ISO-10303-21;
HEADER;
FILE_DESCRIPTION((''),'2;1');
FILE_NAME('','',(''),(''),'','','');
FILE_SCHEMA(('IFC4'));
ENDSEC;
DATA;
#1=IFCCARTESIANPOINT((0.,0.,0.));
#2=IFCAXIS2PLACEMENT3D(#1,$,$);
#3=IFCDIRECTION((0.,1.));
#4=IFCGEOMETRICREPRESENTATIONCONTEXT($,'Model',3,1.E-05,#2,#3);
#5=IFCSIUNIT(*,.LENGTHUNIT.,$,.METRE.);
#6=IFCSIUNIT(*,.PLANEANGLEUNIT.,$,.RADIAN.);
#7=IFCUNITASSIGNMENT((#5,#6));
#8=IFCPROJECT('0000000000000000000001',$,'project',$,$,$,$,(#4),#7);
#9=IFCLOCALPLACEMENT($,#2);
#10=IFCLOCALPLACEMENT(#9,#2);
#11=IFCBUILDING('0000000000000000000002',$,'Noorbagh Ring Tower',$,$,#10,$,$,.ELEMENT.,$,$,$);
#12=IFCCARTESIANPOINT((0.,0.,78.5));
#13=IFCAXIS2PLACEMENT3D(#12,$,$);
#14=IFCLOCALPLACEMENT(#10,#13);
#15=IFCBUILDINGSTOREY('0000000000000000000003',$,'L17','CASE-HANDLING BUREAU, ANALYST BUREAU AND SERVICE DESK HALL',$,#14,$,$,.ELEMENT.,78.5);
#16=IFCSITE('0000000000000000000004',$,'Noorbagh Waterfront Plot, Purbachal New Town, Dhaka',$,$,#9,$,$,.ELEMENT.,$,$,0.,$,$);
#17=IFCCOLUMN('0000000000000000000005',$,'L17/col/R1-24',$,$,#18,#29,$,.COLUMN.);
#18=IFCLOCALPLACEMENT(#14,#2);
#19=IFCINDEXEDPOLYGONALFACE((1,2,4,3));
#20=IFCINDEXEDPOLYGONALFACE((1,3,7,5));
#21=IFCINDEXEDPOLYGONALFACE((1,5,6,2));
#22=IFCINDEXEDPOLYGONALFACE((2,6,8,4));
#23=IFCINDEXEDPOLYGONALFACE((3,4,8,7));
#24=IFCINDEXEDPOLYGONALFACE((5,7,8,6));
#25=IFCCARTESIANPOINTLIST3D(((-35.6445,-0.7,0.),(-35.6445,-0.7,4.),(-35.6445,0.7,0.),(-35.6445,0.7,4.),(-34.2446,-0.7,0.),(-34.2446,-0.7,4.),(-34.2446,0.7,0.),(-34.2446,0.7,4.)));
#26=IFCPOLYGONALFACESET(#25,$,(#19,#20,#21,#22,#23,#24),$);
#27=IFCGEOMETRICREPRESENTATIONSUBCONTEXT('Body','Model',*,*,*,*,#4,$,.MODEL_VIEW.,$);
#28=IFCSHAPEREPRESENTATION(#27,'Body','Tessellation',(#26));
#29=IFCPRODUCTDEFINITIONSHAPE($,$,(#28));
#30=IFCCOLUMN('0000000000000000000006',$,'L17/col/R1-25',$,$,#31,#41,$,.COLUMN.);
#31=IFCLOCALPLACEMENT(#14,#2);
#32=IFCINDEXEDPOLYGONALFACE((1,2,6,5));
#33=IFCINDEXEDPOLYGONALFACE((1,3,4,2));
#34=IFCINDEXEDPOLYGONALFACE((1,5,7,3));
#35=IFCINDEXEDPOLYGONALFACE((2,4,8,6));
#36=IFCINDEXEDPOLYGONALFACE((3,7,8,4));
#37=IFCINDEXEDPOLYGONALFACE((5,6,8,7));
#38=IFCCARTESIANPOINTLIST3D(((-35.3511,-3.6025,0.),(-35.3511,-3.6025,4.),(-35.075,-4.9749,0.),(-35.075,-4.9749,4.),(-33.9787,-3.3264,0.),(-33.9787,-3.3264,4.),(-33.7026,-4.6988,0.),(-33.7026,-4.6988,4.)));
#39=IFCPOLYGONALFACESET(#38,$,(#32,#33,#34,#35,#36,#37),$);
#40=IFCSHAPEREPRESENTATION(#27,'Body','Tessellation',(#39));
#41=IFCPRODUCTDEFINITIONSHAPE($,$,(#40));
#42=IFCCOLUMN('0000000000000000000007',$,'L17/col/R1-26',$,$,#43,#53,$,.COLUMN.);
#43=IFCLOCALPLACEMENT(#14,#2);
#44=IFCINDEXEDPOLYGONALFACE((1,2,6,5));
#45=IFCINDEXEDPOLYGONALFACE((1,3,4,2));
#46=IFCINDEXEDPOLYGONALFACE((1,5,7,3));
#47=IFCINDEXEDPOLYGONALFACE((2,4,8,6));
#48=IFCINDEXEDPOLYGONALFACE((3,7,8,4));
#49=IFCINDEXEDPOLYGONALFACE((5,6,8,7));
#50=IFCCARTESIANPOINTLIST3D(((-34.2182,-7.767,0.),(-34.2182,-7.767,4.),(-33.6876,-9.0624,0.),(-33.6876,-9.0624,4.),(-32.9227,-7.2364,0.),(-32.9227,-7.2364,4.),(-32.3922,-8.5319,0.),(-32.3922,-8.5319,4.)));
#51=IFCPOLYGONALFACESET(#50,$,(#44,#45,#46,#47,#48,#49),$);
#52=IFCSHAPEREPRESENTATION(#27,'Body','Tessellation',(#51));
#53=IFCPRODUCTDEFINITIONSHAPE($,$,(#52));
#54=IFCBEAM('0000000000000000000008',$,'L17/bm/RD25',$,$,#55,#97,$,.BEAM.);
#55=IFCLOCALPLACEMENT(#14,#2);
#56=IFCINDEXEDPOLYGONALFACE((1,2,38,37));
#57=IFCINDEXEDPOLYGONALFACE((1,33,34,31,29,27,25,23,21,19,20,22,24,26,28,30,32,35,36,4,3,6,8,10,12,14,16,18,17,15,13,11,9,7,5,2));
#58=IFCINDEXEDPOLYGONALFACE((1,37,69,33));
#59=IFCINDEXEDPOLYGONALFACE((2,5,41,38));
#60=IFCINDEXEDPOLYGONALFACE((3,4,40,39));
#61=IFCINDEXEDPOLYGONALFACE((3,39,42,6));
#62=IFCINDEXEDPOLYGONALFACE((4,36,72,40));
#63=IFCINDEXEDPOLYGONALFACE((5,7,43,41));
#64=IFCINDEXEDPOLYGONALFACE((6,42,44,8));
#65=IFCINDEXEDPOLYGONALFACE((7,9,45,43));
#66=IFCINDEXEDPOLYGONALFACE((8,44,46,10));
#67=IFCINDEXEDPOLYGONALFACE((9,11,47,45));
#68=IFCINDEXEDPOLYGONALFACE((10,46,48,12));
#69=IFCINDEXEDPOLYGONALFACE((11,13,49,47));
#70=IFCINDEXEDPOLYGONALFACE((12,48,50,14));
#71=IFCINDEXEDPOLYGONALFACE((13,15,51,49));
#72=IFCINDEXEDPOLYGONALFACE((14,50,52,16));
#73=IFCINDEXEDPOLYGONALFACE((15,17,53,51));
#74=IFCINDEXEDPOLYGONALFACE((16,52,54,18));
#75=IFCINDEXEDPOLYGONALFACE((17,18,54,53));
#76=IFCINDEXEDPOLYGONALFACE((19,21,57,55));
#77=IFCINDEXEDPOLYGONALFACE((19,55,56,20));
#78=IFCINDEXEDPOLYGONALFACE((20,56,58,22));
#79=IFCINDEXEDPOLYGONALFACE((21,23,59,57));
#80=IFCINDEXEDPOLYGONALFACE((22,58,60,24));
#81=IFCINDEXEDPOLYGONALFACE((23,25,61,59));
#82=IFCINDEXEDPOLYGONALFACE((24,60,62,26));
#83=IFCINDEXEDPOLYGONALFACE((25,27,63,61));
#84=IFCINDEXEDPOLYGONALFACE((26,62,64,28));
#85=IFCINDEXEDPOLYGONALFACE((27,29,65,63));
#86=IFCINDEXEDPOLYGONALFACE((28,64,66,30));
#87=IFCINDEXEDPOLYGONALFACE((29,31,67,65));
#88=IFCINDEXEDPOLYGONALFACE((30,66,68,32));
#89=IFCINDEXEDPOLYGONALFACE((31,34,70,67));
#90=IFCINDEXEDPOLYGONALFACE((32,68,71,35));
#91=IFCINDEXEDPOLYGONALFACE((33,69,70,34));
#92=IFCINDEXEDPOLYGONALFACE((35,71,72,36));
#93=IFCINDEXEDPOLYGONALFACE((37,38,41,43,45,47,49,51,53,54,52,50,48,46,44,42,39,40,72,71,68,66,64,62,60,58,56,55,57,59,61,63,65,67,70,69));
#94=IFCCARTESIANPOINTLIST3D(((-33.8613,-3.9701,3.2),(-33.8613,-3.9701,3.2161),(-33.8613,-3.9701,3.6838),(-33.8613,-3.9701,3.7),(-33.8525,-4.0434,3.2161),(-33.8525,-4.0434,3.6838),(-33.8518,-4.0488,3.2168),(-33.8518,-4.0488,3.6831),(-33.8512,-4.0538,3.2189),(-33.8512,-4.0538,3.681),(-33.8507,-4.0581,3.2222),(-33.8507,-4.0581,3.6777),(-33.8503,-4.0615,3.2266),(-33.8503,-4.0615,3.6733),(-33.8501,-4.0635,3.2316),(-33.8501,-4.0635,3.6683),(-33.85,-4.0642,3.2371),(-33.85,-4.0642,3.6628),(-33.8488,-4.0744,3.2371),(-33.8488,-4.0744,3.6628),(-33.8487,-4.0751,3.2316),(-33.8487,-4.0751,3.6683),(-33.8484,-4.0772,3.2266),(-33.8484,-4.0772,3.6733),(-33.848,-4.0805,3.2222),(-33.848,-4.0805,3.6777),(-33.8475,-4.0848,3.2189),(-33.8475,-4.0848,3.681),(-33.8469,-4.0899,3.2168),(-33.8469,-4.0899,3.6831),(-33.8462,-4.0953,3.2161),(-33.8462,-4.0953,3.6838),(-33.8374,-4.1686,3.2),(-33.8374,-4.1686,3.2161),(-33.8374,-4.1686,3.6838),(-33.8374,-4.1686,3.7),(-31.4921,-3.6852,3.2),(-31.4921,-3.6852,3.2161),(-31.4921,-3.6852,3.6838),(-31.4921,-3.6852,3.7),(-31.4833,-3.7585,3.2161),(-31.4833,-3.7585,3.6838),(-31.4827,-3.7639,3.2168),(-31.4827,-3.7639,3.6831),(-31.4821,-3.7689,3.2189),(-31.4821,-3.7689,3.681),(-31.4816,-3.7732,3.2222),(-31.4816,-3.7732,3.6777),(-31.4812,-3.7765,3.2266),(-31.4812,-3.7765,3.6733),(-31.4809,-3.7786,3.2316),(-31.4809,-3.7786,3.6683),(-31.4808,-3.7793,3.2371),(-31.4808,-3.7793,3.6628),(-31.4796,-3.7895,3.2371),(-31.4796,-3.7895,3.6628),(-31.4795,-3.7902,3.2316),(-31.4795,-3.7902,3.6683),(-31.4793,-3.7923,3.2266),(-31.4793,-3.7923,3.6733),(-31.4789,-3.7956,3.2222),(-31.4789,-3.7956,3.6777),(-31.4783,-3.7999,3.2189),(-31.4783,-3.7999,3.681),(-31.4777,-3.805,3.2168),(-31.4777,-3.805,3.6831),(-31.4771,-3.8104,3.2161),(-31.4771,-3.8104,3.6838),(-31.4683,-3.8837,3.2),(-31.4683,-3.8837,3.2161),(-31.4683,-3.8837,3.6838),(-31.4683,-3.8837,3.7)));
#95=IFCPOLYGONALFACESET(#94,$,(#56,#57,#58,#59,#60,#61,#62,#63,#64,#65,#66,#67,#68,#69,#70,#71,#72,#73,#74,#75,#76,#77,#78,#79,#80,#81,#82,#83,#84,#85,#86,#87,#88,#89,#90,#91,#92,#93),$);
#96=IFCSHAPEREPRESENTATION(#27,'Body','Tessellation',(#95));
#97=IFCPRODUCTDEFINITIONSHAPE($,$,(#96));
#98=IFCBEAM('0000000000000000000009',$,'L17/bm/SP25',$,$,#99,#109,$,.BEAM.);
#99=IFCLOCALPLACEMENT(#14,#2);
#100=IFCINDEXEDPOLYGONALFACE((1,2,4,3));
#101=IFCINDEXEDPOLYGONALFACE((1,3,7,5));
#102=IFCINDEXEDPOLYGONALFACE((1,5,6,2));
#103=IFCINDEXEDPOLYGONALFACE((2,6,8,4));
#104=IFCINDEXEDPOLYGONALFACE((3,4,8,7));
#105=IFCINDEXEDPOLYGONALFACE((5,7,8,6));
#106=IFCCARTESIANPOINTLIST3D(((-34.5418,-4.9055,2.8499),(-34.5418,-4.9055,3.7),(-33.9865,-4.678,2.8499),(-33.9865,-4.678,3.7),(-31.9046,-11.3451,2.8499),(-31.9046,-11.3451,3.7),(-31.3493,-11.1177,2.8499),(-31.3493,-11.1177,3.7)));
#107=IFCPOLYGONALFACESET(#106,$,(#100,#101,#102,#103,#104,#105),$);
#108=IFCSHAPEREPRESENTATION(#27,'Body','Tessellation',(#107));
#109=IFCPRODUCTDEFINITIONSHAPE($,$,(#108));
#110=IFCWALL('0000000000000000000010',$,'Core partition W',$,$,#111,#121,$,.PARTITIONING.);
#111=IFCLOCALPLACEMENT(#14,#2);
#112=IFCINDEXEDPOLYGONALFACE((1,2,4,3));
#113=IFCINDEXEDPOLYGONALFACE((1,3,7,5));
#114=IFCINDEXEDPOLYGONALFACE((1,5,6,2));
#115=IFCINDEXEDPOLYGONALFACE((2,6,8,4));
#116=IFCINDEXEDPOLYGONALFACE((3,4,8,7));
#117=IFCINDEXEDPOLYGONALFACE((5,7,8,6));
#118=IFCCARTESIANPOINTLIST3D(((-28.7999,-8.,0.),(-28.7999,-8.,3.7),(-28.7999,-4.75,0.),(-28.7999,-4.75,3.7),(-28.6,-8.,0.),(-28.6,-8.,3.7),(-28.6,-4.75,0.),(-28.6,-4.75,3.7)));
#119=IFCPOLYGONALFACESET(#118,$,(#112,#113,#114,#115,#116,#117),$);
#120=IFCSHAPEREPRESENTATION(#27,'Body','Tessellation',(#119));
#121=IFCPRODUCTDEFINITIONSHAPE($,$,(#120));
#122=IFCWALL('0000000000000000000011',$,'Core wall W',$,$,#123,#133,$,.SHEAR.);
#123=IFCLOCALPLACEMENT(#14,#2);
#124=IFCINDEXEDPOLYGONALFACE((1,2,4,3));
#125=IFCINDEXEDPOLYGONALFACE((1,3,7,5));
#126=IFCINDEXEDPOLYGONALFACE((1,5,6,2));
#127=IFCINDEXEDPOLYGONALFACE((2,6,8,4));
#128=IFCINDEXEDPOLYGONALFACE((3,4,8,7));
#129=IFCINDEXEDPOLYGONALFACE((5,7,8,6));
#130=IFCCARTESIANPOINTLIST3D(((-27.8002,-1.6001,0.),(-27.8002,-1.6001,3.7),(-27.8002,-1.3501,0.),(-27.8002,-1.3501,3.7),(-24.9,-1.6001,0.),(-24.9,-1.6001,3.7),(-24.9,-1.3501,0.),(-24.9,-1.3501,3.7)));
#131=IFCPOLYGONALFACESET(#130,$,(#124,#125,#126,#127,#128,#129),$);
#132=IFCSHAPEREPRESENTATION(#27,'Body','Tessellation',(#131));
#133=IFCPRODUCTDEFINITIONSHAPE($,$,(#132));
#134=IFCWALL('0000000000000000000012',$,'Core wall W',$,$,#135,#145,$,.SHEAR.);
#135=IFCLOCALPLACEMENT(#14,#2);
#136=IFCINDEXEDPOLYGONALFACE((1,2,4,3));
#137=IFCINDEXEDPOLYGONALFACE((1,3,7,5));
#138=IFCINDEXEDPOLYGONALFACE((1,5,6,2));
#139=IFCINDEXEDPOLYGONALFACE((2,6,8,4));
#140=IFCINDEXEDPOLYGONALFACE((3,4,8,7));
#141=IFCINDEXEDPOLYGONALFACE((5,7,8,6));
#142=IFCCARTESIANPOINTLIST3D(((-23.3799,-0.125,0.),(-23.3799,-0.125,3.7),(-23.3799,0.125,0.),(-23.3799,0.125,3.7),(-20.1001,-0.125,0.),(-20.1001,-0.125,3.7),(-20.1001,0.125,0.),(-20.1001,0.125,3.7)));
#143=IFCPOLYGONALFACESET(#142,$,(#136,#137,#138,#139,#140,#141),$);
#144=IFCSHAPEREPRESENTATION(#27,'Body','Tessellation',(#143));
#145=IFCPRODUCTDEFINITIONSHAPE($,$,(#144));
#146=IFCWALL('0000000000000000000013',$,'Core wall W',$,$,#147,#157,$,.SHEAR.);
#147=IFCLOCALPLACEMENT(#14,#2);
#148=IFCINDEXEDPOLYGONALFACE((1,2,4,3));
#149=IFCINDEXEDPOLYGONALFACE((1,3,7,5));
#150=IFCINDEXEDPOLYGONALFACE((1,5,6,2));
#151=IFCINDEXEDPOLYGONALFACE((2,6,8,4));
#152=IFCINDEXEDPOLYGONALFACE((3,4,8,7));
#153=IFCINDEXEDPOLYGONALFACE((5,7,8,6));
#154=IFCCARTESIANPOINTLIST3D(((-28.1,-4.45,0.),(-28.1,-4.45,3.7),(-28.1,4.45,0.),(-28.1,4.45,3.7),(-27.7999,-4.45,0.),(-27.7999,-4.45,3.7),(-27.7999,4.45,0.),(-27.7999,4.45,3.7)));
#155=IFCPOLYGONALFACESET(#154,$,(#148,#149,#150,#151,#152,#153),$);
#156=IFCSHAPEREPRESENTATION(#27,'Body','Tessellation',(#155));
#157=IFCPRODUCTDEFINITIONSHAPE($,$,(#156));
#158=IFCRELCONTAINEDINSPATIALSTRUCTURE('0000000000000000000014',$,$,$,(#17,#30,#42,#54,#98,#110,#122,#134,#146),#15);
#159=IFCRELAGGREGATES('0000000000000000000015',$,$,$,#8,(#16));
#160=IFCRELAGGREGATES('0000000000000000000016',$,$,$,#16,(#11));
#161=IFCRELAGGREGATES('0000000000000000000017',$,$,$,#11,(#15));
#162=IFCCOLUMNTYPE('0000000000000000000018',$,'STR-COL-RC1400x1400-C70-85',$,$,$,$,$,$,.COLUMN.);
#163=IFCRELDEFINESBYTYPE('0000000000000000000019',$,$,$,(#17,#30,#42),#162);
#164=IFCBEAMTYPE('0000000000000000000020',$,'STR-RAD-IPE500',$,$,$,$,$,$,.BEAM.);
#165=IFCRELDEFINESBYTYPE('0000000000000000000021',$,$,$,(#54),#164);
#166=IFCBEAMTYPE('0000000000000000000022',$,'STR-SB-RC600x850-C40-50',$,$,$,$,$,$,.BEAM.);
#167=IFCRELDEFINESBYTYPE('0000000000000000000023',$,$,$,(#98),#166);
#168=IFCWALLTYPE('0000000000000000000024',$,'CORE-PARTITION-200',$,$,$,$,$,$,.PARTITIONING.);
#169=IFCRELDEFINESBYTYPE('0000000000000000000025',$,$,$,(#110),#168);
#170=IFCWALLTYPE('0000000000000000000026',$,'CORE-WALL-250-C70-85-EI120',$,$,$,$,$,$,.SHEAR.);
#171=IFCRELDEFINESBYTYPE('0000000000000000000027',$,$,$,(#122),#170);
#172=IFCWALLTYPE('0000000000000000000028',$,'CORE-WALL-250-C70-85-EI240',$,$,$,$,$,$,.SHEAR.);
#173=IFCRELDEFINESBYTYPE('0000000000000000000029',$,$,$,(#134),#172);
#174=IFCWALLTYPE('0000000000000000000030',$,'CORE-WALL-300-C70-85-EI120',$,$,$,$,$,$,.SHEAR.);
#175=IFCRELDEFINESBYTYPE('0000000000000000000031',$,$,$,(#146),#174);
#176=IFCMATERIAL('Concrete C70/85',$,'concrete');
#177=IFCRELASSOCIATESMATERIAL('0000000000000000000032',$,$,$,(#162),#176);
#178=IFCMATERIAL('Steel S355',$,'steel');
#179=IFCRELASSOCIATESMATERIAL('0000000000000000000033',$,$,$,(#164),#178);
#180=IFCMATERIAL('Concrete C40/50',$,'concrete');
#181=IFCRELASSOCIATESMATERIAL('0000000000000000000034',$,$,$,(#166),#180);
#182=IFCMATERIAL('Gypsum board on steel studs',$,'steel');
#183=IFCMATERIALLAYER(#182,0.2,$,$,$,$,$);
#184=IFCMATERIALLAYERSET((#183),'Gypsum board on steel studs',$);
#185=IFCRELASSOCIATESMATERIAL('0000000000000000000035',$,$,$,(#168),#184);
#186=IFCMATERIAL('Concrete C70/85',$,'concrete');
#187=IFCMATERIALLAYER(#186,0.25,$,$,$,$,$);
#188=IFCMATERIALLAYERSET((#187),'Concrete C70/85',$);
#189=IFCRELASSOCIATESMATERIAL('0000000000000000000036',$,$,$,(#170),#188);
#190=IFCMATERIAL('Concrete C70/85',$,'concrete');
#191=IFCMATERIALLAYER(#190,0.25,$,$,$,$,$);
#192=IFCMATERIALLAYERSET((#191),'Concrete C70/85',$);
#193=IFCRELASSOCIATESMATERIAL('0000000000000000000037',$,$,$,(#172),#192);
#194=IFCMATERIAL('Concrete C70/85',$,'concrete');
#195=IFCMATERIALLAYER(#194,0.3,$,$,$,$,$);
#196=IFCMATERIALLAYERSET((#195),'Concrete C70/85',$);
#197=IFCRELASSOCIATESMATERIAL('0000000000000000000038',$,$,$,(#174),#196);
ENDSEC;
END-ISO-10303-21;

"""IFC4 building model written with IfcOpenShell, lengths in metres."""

from ifc_helpers import new_model, si_unit, direction, frame, frame_2d, origin, origin_2d, place, context, subcontext, project, spatial, rectangle, i_section, extrude, material, layer, layer_set, material_profile, profile_set, type_object, element, save


model = new_model("IFC4")

# Units and contexts
model_context = context("Model", 3, precision=1e-05, world=origin(), true_north=direction((0.0, 1.0)))
body_context = subcontext(model_context, "Body", "Model", "MODEL_VIEW")
ifc_project = project(units=[si_unit("LENGTHUNIT", "METRE"), si_unit("PLANEANGLEUNIT", "RADIAN")], contexts=[model_context])

# Site, building, storey
site_placement = place(None, origin())
site = spatial("IfcSite", under=ifc_project, at=site_placement, Name="Noorbagh Waterfront Plot, Purbachal New Town, Dhaka", CompositionType="ELEMENT", RefElevation=0.0)
building_placement = place(site_placement, origin())
building = spatial("IfcBuilding", under=site, at=building_placement, Name="Noorbagh Ring Tower", CompositionType="ELEMENT")
storey_placement = place(building_placement, frame((0.0, 0.0, 78.5)))
storey = spatial("IfcBuildingStorey", under=building, at=storey_placement, Name="L17", Description="CASE-HANDLING BUREAU, ANALYST BUREAU AND SERVICE DESK HALL", CompositionType="ELEMENT", Elevation=78.5)

# Columns
ifc_material_1 = material(Name="Concrete C70/85", Category="concrete")
ifc_material_profile_1 = material_profile(ifc_material_1, rectangle(XDim=1.3999, YDim=1.3999, at=origin_2d()), Name="RC1400x1400")
ifc_profile_set_1 = profile_set([ifc_material_profile_1], Name="Concrete C70/85")
column_type = type_object("IfcColumnType", Name="STR-COL-RC1400x1400-C70-85", PredefinedType="COLUMN", material=ifc_profile_set_1)
for number, where, z_axis, x_axis, name in (
    (1, (-34.9446, 0.0, 0.0), (0.0, 0.0, 1.0), (0.0, -1.0, 0.0), "L17/col/R1-24"),
    (2, (-34.5269, -4.1506, 0.0), (0.0, 0.0, 1.0), (0.19723, -0.980357, 0.0), "L17/col/R1-25"),
    (3, (-33.3052, -8.1494, 0.0), (0.0, 0.0, 1.0), (0.378989, -0.925401, 0.0), "L17/col/R1-26"),
):
    element("IfcColumn", number, at=place(storey_placement, frame(where, z_axis=z_axis, x_axis=x_axis)), inside=storey, type_object=column_type, Name=name, PredefinedType="COLUMN", context=body_context, shape_type="SweptSolid", body=[
        extrude(rectangle(XDim=1.3999, YDim=1.3999, at=origin_2d()), origin(), (0.0, 0.0, 1.0), 4.0),
    ])

# Beams
ifc_material_2 = material(Name="Steel S355", Category="steel")
ifc_material_profile_2 = material_profile(ifc_material_2, i_section(OverallWidth=0.2, OverallDepth=0.5, WebThickness=0.0103, FlangeThickness=0.0161, FilletRadius=0.021, at=origin_2d()), Name="IPE500")
ifc_profile_set_2 = profile_set([ifc_material_profile_2], Name="Steel S355")
beam_type_1 = type_object("IfcBeamType", Name="STR-RAD-IPE500", PredefinedType="BEAM", material=ifc_profile_set_2)
beam_1_placement = place(storey_placement, frame((-33.8494, -4.0693, 3.45), z_axis=(0.992846, 0.119399, 0.0), x_axis=(-0.119399, 0.992846, 0.0)))
element("IfcBeam", 4, at=beam_1_placement, inside=storey, type_object=beam_type_1, Name="L17/bm/RD25", PredefinedType="BEAM", context=body_context, shape_type="SweptSolid", body=[
    extrude(i_section(OverallWidth=0.2, OverallDepth=0.5, WebThickness=0.0103, FlangeThickness=0.0161, FilletRadius=0.021, at=origin_2d()), origin(), (0.0, 0.0, 1.0), 2.3862),
])
ifc_material_3 = material(Name="Concrete C40/50", Category="concrete")
ifc_material_profile_3 = material_profile(ifc_material_3, rectangle(XDim=0.6001, YDim=0.8501, at=origin_2d()), Name="RC600x850")
ifc_profile_set_3 = profile_set([ifc_material_profile_3], Name="Concrete C40/50")
beam_type_2 = type_object("IfcBeamType", Name="STR-SB-RC600x850-C40-50", PredefinedType="BEAM", material=ifc_profile_set_3)
beam_2_placement = place(storey_placement, frame((-34.2642, -4.7917, 3.2749), z_axis=(0.378976, -0.925407, 0.0), x_axis=(0.925407, 0.378976, 0.0)))
element("IfcBeam", 5, at=beam_2_placement, inside=storey, type_object=beam_type_2, Name="L17/bm/SP25", PredefinedType="BEAM", context=body_context, shape_type="SweptSolid", body=[
    extrude(rectangle(XDim=0.6001, YDim=0.8501, at=origin_2d()), origin(), (0.0, 0.0, 1.0), 6.9587),
])

# Walls
ifc_material_4 = material(Name="Gypsum board on steel studs", Category="steel")
ifc_layer_1 = layer(ifc_material_4, 0.2)
ifc_layer_set_1 = layer_set([ifc_layer_1], Name="Gypsum board on steel studs")
wall_type_1 = type_object("IfcWallType", Name="CORE-PARTITION-200", PredefinedType="PARTITIONING", material=ifc_layer_set_1)
wall_1_placement = place(storey_placement, frame((-28.7, -8.0, 0.0), z_axis=(0.0, 0.0, 1.0), x_axis=(0.0, 1.0, 0.0)))
element("IfcWall", 6, at=wall_1_placement, inside=storey, type_object=wall_type_1, Name="Core partition W", PredefinedType="PARTITIONING", context=body_context, shape_type="SweptSolid", body=[
    extrude(rectangle(XDim=3.25, YDim=0.2, at=frame_2d((1.625, 0.0))), origin(), (0.0, 0.0, 1.0), 3.7),
])
ifc_material_5 = material(Name="Concrete C70/85", Category="concrete")
ifc_layer_2 = layer(ifc_material_5, 0.25)
ifc_layer_set_2 = layer_set([ifc_layer_2], Name="Concrete C70/85")
wall_type_2 = type_object("IfcWallType", Name="CORE-WALL-250-C70-85-EI120", PredefinedType="SHEAR", material=ifc_layer_set_2)
wall_2_placement = place(storey_placement, frame((-24.8999, -1.4751, 0.0), z_axis=(0.0, 0.0, 1.0), x_axis=(-1.0, 0.0, 0.0)))
element("IfcWall", 7, at=wall_2_placement, inside=storey, type_object=wall_type_2, Name="Core wall W", PredefinedType="SHEAR", context=body_context, shape_type="SweptSolid", body=[
    extrude(rectangle(XDim=2.9001, YDim=0.25, at=frame_2d((1.4502, 0.0))), origin(), (0.0, 0.0, 1.0), 3.7),
])
ifc_material_6 = material(Name="Concrete C70/85", Category="concrete")
ifc_layer_3 = layer(ifc_material_6, 0.25)
ifc_layer_set_3 = layer_set([ifc_layer_3], Name="Concrete C70/85")
wall_type_3 = type_object("IfcWallType", Name="CORE-WALL-250-C70-85-EI240", PredefinedType="SHEAR", material=ifc_layer_set_3)
wall_3_placement = place(storey_placement, frame((-20.1001, 0.0, 0.0), z_axis=(0.0, 0.0, 1.0), x_axis=(-1.0, 0.0, 0.0)))
element("IfcWall", 8, at=wall_3_placement, inside=storey, type_object=wall_type_3, Name="Core wall W", PredefinedType="SHEAR", context=body_context, shape_type="SweptSolid", body=[
    extrude(rectangle(XDim=3.2798, YDim=0.25, at=frame_2d((1.6399, 0.0))), origin(), (0.0, 0.0, 1.0), 3.7),
])
ifc_material_7 = material(Name="Concrete C70/85", Category="concrete")
ifc_layer_4 = layer(ifc_material_7, 0.3)
ifc_layer_set_4 = layer_set([ifc_layer_4], Name="Concrete C70/85")
wall_type_4 = type_object("IfcWallType", Name="CORE-WALL-300-C70-85-EI120", PredefinedType="SHEAR", material=ifc_layer_set_4)
wall_4_placement = place(storey_placement, frame((-27.95, -4.45, 0.0), z_axis=(0.0, 0.0, 1.0), x_axis=(0.0, 1.0, 0.0)))
element("IfcWall", 9, at=wall_4_placement, inside=storey, type_object=wall_type_4, Name="Core wall W", PredefinedType="SHEAR", context=body_context, shape_type="SweptSolid", body=[
    extrude(rectangle(XDim=8.8999, YDim=0.3, at=frame_2d((4.45, 0.0))), origin(), (0.0, 0.0, 1.0), 3.7),
])

save(model, "model.ifc")
